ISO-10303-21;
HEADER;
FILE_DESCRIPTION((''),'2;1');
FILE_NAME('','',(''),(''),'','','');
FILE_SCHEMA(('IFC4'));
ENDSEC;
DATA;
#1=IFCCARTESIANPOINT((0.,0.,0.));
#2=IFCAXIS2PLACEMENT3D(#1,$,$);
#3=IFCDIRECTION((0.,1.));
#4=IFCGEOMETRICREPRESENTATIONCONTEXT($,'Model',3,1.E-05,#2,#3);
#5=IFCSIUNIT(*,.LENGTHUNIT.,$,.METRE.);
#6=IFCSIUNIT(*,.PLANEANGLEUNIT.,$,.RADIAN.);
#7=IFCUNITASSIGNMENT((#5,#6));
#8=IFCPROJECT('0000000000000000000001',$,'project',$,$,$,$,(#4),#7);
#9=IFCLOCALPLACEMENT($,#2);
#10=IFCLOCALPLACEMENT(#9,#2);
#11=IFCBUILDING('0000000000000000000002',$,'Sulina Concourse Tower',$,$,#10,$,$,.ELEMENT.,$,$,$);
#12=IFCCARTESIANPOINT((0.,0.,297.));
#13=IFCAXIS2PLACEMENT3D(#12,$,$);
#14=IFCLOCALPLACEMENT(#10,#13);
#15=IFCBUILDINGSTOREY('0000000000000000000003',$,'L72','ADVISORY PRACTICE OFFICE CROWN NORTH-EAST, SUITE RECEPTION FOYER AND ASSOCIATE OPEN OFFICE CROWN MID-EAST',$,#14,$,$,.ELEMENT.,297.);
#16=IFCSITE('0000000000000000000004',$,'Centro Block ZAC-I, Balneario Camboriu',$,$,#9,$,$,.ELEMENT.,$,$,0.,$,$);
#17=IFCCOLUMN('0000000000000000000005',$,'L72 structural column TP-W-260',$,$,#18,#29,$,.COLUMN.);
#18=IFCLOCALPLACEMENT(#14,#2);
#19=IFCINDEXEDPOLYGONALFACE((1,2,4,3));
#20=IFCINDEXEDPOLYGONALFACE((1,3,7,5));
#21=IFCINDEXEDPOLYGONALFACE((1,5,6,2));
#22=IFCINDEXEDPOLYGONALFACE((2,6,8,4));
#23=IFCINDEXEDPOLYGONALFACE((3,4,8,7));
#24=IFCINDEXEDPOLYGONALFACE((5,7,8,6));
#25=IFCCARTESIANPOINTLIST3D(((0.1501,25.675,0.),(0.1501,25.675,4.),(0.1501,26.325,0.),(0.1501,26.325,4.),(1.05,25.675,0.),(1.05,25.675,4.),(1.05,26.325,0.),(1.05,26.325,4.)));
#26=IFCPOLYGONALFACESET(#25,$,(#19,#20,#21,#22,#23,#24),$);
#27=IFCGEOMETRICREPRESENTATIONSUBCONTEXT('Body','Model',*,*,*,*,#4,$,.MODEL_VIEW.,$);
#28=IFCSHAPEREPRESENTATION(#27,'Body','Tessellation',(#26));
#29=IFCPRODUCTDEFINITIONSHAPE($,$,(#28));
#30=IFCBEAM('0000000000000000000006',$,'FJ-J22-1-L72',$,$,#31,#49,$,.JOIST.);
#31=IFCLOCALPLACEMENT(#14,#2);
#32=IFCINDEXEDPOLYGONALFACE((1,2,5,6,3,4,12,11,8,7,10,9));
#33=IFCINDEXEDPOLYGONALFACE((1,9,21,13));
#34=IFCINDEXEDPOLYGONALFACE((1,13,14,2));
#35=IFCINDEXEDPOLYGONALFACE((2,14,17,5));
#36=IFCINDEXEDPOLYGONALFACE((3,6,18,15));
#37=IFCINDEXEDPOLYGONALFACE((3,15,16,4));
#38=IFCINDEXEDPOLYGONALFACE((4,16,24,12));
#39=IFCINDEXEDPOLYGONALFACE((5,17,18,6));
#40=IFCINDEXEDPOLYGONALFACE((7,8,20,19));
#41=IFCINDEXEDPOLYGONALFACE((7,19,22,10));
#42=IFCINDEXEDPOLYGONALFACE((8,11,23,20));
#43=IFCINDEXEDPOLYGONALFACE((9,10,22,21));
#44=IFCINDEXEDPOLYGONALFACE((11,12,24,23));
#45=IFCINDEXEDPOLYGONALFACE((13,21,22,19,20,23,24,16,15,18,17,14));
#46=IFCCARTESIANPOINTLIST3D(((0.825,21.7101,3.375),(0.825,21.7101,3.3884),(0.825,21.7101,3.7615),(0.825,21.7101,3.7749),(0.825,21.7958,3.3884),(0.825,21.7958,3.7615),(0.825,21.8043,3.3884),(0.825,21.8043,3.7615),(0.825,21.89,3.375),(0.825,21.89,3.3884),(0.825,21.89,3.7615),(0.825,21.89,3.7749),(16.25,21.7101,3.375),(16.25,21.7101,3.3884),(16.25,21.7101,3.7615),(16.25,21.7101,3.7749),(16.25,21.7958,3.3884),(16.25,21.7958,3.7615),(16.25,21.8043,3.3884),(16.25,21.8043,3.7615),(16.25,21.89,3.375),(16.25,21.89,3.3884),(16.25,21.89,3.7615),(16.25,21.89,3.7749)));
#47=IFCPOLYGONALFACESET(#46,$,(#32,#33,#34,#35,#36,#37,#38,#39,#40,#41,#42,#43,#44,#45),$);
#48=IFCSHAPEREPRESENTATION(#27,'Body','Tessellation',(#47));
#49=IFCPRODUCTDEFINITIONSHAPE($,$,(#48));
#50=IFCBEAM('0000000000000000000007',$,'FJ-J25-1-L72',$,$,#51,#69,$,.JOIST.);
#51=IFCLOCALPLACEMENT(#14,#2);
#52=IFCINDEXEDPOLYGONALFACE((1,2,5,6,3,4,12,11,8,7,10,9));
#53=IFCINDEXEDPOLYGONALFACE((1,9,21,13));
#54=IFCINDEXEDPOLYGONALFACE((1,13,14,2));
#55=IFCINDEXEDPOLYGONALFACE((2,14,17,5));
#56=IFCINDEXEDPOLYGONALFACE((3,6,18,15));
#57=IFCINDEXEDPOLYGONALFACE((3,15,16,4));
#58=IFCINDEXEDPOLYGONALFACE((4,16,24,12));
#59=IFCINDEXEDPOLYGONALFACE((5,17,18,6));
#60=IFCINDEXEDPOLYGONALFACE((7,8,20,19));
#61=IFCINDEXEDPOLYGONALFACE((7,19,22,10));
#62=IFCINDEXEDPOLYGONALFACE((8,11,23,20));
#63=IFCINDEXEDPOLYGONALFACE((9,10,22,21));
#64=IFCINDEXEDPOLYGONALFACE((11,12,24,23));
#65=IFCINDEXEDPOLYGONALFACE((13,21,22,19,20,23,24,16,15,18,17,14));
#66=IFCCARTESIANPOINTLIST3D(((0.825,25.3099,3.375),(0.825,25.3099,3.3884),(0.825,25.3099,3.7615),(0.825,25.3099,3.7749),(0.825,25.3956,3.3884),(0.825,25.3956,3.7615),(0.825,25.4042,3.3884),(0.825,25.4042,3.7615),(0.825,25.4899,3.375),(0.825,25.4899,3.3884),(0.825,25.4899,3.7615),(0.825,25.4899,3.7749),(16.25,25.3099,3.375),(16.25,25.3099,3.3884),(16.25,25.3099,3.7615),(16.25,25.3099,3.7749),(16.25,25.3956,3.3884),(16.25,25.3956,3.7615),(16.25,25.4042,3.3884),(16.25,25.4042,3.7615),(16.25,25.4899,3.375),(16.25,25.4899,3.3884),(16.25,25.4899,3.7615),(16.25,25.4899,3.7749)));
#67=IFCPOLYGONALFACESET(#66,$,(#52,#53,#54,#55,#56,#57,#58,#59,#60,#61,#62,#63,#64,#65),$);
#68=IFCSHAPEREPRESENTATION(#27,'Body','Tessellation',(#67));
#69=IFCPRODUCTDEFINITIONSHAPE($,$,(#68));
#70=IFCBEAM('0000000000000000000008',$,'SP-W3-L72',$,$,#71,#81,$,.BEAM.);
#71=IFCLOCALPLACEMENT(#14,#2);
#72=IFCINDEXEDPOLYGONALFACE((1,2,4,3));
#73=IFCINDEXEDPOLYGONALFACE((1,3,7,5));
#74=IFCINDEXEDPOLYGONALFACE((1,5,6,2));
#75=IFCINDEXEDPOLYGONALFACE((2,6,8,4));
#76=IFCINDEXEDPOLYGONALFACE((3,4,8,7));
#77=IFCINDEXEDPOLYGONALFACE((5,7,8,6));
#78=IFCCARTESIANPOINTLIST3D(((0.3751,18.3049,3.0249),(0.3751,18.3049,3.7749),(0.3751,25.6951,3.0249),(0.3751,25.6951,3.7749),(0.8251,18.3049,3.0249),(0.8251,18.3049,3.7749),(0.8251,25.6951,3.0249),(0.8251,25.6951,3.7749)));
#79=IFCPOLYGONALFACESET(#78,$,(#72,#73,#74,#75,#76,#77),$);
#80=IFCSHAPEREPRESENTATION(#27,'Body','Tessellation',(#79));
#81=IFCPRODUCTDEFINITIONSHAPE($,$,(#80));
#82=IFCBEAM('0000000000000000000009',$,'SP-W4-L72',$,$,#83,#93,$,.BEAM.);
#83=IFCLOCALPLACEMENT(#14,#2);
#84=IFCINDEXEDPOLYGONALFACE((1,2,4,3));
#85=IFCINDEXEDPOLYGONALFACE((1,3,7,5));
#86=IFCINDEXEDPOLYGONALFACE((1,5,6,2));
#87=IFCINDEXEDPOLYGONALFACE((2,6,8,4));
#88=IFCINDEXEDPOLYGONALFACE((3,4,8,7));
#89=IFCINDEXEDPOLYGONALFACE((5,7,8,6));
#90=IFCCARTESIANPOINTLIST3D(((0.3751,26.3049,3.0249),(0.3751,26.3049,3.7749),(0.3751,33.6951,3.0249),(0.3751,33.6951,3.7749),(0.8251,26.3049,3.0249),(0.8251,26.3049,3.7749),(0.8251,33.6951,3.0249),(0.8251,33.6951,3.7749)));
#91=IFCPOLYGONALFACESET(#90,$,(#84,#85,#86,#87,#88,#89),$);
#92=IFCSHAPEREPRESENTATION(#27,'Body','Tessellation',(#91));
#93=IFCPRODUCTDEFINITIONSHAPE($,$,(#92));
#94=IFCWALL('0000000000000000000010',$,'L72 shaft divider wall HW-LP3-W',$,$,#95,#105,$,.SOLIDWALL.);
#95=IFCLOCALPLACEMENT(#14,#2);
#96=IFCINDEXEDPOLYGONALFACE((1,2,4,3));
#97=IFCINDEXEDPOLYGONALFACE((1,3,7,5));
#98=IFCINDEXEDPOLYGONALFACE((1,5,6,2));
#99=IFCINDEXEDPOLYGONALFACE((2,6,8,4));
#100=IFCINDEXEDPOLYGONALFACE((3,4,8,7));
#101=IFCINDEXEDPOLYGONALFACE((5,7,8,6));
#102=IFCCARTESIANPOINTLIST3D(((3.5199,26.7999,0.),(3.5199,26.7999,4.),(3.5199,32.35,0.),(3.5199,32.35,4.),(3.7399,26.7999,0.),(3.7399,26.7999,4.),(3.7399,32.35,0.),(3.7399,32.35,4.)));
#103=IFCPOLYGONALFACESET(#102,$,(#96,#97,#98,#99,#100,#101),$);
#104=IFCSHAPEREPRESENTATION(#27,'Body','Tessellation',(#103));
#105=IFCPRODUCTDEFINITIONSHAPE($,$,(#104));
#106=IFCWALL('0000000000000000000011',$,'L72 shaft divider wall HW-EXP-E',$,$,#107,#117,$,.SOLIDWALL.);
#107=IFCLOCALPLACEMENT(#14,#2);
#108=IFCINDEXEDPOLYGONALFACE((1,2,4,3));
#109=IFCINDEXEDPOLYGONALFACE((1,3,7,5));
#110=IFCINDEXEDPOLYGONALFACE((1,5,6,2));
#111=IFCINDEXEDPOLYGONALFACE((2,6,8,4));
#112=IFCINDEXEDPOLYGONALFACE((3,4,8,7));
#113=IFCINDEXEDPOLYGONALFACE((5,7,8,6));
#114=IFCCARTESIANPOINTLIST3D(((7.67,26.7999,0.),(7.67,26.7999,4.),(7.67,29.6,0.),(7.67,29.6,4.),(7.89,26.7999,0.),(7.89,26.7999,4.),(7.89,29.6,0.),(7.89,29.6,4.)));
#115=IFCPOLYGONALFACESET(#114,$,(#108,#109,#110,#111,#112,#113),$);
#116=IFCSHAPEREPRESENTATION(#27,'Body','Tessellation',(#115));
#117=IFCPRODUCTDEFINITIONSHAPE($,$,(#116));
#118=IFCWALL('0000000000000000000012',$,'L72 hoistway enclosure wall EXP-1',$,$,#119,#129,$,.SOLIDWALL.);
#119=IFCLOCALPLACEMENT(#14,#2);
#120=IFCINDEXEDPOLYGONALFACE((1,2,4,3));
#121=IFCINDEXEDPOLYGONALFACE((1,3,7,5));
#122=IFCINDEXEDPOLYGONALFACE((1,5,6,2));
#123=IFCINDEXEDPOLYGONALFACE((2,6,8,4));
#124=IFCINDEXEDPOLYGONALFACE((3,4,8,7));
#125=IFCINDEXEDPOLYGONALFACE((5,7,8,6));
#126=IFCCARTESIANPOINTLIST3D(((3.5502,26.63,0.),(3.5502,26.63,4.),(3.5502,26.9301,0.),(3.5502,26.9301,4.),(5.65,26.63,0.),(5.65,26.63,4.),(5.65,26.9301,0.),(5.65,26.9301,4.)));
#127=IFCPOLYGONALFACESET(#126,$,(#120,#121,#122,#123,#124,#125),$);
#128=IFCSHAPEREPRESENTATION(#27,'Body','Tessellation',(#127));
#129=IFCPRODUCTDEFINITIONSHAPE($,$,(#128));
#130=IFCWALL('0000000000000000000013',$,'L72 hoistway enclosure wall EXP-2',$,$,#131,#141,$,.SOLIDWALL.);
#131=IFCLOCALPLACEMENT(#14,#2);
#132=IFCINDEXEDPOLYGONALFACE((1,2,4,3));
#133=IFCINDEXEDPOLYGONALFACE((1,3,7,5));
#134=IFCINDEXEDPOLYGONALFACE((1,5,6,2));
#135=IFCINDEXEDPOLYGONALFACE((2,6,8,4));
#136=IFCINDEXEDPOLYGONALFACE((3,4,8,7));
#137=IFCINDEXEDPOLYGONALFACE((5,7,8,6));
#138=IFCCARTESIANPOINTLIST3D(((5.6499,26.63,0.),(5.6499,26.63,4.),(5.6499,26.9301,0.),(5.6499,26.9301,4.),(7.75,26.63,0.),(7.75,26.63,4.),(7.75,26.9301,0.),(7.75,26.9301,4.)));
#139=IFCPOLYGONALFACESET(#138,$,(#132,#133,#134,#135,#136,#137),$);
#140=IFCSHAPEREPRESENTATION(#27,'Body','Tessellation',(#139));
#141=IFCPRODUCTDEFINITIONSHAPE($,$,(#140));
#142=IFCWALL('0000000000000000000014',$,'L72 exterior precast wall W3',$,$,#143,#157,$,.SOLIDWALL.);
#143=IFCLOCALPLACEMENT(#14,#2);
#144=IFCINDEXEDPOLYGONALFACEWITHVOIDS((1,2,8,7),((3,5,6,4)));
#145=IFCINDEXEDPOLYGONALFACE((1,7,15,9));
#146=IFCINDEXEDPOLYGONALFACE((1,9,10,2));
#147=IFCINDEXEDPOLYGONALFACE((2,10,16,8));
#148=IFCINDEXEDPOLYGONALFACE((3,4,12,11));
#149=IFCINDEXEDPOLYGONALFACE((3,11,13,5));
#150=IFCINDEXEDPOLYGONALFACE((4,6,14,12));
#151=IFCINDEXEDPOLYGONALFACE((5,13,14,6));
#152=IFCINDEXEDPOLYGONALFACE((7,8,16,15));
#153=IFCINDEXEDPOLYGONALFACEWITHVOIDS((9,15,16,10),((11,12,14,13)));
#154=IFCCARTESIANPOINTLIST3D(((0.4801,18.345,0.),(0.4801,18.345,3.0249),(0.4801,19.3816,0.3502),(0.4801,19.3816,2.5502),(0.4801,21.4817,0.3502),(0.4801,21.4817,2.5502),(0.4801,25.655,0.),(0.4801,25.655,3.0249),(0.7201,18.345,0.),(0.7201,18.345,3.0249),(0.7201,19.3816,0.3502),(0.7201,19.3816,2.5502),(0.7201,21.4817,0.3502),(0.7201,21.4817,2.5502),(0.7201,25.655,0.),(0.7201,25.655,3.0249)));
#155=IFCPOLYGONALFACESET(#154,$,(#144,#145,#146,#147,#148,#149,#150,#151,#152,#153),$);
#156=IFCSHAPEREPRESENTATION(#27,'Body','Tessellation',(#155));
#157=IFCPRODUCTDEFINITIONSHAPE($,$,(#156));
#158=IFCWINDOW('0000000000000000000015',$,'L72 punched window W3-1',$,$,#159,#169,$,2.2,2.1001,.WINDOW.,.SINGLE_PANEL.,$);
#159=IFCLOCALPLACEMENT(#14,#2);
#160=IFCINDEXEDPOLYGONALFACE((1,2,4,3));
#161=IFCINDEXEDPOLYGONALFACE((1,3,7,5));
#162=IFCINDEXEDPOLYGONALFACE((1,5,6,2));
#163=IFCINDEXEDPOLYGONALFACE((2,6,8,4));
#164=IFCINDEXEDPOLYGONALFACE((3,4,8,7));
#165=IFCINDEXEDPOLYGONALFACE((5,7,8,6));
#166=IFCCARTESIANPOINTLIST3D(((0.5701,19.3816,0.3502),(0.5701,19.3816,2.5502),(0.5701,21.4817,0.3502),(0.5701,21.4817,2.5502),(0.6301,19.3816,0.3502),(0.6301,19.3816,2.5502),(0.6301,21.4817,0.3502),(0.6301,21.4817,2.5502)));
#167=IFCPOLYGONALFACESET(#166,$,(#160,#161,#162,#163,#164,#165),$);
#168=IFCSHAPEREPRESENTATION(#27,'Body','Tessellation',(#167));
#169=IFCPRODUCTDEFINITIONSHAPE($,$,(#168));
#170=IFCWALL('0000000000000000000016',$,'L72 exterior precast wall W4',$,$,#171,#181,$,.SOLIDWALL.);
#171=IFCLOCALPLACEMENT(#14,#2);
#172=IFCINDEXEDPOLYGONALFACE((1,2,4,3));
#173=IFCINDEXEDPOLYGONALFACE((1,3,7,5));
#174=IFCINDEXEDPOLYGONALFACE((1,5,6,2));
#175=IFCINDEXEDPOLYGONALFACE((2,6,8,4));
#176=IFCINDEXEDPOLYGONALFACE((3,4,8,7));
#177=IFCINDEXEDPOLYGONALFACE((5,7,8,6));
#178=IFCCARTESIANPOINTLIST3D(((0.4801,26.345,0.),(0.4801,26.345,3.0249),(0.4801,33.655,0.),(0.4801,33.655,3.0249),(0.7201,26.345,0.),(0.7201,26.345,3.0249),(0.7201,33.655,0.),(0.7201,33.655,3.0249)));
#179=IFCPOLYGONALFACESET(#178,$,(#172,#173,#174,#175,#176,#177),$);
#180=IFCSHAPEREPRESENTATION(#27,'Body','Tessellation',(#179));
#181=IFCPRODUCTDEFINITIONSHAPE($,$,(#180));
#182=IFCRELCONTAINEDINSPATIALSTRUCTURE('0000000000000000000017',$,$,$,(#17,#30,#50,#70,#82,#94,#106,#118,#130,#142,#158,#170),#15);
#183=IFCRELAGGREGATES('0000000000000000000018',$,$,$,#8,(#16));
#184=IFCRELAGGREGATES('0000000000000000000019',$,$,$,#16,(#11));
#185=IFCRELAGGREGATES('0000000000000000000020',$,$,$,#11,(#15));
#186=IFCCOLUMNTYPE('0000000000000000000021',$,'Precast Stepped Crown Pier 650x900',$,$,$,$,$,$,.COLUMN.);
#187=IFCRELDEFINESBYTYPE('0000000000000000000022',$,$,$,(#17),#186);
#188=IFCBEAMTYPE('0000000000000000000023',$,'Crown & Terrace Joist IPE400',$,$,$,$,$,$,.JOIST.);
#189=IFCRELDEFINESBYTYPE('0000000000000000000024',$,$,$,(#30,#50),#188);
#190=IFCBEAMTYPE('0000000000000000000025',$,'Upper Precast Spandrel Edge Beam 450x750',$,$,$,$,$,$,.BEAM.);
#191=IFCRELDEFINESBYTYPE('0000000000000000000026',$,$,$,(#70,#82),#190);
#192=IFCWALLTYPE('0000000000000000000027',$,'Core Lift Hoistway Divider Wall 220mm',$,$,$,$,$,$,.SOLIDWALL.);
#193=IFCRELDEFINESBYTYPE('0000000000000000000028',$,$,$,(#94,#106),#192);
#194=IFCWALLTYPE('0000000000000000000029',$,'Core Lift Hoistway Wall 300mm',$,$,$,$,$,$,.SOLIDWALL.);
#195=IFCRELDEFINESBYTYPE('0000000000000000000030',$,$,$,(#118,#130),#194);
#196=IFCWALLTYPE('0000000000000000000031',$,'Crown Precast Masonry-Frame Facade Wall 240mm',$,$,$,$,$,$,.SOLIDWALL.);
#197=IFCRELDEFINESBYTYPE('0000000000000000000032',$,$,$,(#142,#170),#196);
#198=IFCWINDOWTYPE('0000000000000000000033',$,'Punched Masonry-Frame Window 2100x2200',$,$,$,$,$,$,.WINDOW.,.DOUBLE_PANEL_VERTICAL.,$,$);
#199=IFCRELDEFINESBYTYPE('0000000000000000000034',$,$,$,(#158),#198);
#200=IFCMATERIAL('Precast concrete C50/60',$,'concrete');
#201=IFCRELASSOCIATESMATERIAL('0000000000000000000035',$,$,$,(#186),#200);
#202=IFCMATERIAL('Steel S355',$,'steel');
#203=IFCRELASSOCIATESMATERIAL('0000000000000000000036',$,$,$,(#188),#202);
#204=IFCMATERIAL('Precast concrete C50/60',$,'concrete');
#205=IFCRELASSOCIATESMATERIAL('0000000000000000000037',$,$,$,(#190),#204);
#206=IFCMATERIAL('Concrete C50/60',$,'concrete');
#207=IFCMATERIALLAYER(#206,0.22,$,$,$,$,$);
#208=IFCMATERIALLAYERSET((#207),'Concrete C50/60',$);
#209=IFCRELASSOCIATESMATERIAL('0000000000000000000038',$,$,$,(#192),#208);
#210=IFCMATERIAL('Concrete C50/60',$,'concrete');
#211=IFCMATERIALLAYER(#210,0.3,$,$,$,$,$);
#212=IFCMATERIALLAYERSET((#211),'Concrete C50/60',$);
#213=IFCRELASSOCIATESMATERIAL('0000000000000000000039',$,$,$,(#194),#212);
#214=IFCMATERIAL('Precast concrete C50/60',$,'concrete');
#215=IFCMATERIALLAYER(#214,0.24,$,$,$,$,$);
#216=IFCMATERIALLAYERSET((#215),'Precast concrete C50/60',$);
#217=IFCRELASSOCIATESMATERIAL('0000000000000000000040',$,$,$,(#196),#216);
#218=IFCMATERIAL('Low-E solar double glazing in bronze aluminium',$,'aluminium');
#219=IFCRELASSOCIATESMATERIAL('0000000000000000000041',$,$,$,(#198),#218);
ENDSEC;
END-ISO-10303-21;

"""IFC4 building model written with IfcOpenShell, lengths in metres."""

from ifc_helpers import new_model, si_unit, direction, frame, frame_2d, origin, origin_2d, place, context, subcontext, project, spatial, rectangle, i_section, extrude, material, layer, layer_set, material_profile, profile_set, type_object, element, fill, save


model = new_model("IFC4")

# Units and contexts
model_context = context("Model", 3, precision=1e-05, world=origin(), true_north=direction((0.0, 1.0)))
body_context = subcontext(model_context, "Body", "Model", "MODEL_VIEW")
ifc_project = project(units=[si_unit("LENGTHUNIT", "METRE"), si_unit("PLANEANGLEUNIT", "RADIAN")], contexts=[model_context])

# Site, building, storey
site_placement = place(None, origin())
site = spatial("IfcSite", under=ifc_project, at=site_placement, Name="Centro Block ZAC-I, Balneario Camboriu", CompositionType="ELEMENT", RefElevation=0.0)
building_placement = place(site_placement, origin())
building = spatial("IfcBuilding", under=site, at=building_placement, Name="Sulina Concourse Tower", CompositionType="ELEMENT")
storey_placement = place(building_placement, frame((0.0, 0.0, 297.0)))
storey = spatial("IfcBuildingStorey", under=building, at=storey_placement, Name="L72", Description="ADVISORY PRACTICE OFFICE CROWN NORTH-EAST, SUITE RECEPTION FOYER AND ASSOCIATE OPEN OFFICE CROWN MID-EAST", CompositionType="ELEMENT", Elevation=297.0)

# Column
ifc_material_1 = material(Name="Precast concrete C50/60", Category="concrete")
ifc_material_profile_1 = material_profile(ifc_material_1, rectangle(XDim=0.6499, YDim=0.8999, at=origin_2d()), Name="PC 650x900")
ifc_profile_set_1 = profile_set([ifc_material_profile_1], Name="Precast concrete C50/60")
column_type = type_object("IfcColumnType", Name="Precast Stepped Crown Pier 650x900", PredefinedType="COLUMN", material=ifc_profile_set_1)
column_placement = place(storey_placement, frame((0.6001, 26.0, 0.0), z_axis=(0.0, 0.0, 1.0), x_axis=(0.0, 1.0, 0.0)))
element("IfcColumn", 1, at=column_placement, inside=storey, type_object=column_type, Name="L72 structural column TP-W-260", PredefinedType="COLUMN", context=body_context, shape_type="SweptSolid", body=[
    extrude(rectangle(XDim=0.6499, YDim=0.8999, at=origin_2d()), origin(), (0.0, 0.0, 1.0), 4.0),
])

# Beams
ifc_material_2 = material(Name="Steel S355", Category="steel")
ifc_material_profile_2 = material_profile(ifc_material_2, i_section(OverallWidth=0.1799, OverallDepth=0.3999, WebThickness=0.0085, FlangeThickness=0.0134, at=origin_2d()), Name="IPE 400")
ifc_profile_set_2 = profile_set([ifc_material_profile_2], Name="Steel S355")
beam_type_1 = type_object("IfcBeamType", Name="Crown & Terrace Joist IPE400", PredefinedType="JOIST", material=ifc_profile_set_2)
for number, where, z_axis, x_axis, name in (
    (2, (0.825, 21.8, 3.575), (1.0, 0.0, 0.0), (0.0, 1.0, 0.0), "FJ-J22-1-L72"),
    (3, (0.825, 25.3999, 3.575), (1.0, 0.0, 0.0), (0.0, 1.0, 0.0), "FJ-J25-1-L72"),
):
    element("IfcBeam", number, at=place(storey_placement, frame(where, z_axis=z_axis, x_axis=x_axis)), inside=storey, type_object=beam_type_1, Name=name, PredefinedType="JOIST", context=body_context, shape_type="SweptSolid", body=[
        extrude(i_section(OverallWidth=0.1799, OverallDepth=0.3999, WebThickness=0.0085, FlangeThickness=0.0134, at=origin_2d()), origin(), (0.0, 0.0, 1.0), 15.425),
    ])
ifc_material_3 = material(Name="Precast concrete C50/60", Category="concrete")
ifc_material_profile_3 = material_profile(ifc_material_3, rectangle(XDim=0.45, YDim=0.75, at=origin_2d()), Name="RC 450x750")
ifc_profile_set_3 = profile_set([ifc_material_profile_3], Name="Precast concrete C50/60")
beam_type_2 = type_object("IfcBeamType", Name="Upper Precast Spandrel Edge Beam 450x750", PredefinedType="BEAM", material=ifc_profile_set_3)
for number, where, z_axis, x_axis, name in (
    (4, (0.6001, 18.3049, 3.3999), (0.0, 1.0, 0.0), (-1.0, 0.0, 0.0), "SP-W3-L72"),
    (5, (0.6001, 26.3049, 3.3999), (0.0, 1.0, 0.0), (-1.0, 0.0, 0.0), "SP-W4-L72"),
):
    element("IfcBeam", number, at=place(storey_placement, frame(where, z_axis=z_axis, x_axis=x_axis)), inside=storey, type_object=beam_type_2, Name=name, PredefinedType="BEAM", context=body_context, shape_type="SweptSolid", body=[
        extrude(rectangle(XDim=0.45, YDim=0.75, at=origin_2d()), origin(), (0.0, 0.0, 1.0), 7.3901),
    ])

# Walls
ifc_material_4 = material(Name="Concrete C50/60", Category="concrete")
ifc_layer_1 = layer(ifc_material_4, 0.22)
ifc_layer_set_1 = layer_set([ifc_layer_1], Name="Concrete C50/60")
wall_type_1 = type_object("IfcWallType", Name="Core Lift Hoistway Divider Wall 220mm", PredefinedType="SOLIDWALL", material=ifc_layer_set_1)
wall_1_placement = place(storey_placement, frame((3.6299, 26.8, 0.0), z_axis=(0.0, 0.0, 1.0), x_axis=(0.0, 1.0, 0.0)))
element("IfcWall", 6, at=wall_1_placement, inside=storey, type_object=wall_type_1, Name="L72 shaft divider wall HW-LP3-W", PredefinedType="SOLIDWALL", context=body_context, shape_type="SweptSolid", body=[
    extrude(rectangle(XDim=5.55, YDim=0.22, at=frame_2d((2.7749, 0.0))), origin(), (0.0, 0.0, 1.0), 4.0),
])
wall_2_placement = place(storey_placement, frame((7.78, 26.8, 0.0), z_axis=(0.0, 0.0, 1.0), x_axis=(0.0, 1.0, 0.0)))
element("IfcWall", 7, at=wall_2_placement, inside=storey, type_object=wall_type_1, Name="L72 shaft divider wall HW-EXP-E", PredefinedType="SOLIDWALL", context=body_context, shape_type="SweptSolid", body=[
    extrude(rectangle(XDim=2.8, YDim=0.22, at=frame_2d((1.3999, 0.0))), origin(), (0.0, 0.0, 1.0), 4.0),
])
ifc_material_5 = material(Name="Concrete C50/60", Category="concrete")
ifc_layer_2 = layer(ifc_material_5, 0.3)
ifc_layer_set_2 = layer_set([ifc_layer_2], Name="Concrete C50/60")
wall_type_2 = type_object("IfcWallType", Name="Core Lift Hoistway Wall 300mm", PredefinedType="SOLIDWALL", material=ifc_layer_set_2)
wall_3_placement = place(storey_placement, frame((5.6499, 26.78, 0.0), z_axis=(0.0, 0.0, 1.0), x_axis=(-1.0, 0.0, 0.0)))
element("IfcWall", 8, at=wall_3_placement, inside=storey, type_object=wall_type_2, Name="L72 hoistway enclosure wall EXP-1", PredefinedType="SOLIDWALL", context=body_context, shape_type="SweptSolid", body=[
    extrude(rectangle(XDim=2.0999, YDim=0.3, at=frame_2d((1.0498, 0.0))), origin(), (0.0, 0.0, 1.0), 4.0),
])
wall_4_placement = place(storey_placement, frame((7.75, 26.78, 0.0), z_axis=(0.0, 0.0, 1.0), x_axis=(-1.0, 0.0, 0.0)))
element("IfcWall", 9, at=wall_4_placement, inside=storey, type_object=wall_type_2, Name="L72 hoistway enclosure wall EXP-2", PredefinedType="SOLIDWALL", context=body_context, shape_type="SweptSolid", body=[
    extrude(rectangle(XDim=2.1001, YDim=0.3, at=frame_2d((1.05, 0.0))), origin(), (0.0, 0.0, 1.0), 4.0),
])

# Wall, opening, window
ifc_material_6 = material(Name="Precast concrete C50/60", Category="concrete")
ifc_layer_3 = layer(ifc_material_6, 0.24)
ifc_layer_set_3 = layer_set([ifc_layer_3], Name="Precast concrete C50/60")
wall_type_3 = type_object("IfcWallType", Name="Crown Precast Masonry-Frame Facade Wall 240mm", PredefinedType="SOLIDWALL", material=ifc_layer_set_3)
wall_5_placement = place(storey_placement, frame((0.6001, 18.345, 0.0), z_axis=(0.0, 0.0, 1.0), x_axis=(0.0, 1.0, 0.0)))
wall_5 = element("IfcWall", 10, at=wall_5_placement, inside=storey, type_object=wall_type_3, Name="L72 exterior precast wall W3", PredefinedType="SOLIDWALL", context=body_context, shape_type="SweptSolid", body=[
    extrude(rectangle(XDim=7.3101, YDim=0.24, at=frame_2d((3.655, 0.0))), origin(), (0.0, 0.0, 1.0), 3.0249),
])
opening_1_placement = place(wall_5_placement, frame((1.0366, 0.0, 0.3501)))
opening_1 = element("IfcOpeningElement", 11, at=opening_1_placement, cuts=wall_5, PredefinedType="OPENING", context=body_context, shape_type="SweptSolid", body=[
    extrude(rectangle(XDim=2.1001, YDim=2.2, at=frame_2d((1.05, 1.1001))), frame((0.0, 0.1299, 0.0), z_axis=(0.0, -1.0, 0.0), x_axis=(1.0, 0.0, 0.0)), (0.0, 0.0, 1.0), 0.26),
])
ifc_material_7 = material(Name="Low-E solar double glazing in bronze aluminium", Category="aluminium")
window_type = type_object("IfcWindowType", Name="Punched Masonry-Frame Window 2100x2200", PartitioningType="DOUBLE_PANEL_VERTICAL", PredefinedType="WINDOW", material=ifc_material_7)
window_placement = place(opening_1_placement, origin())
window = element("IfcWindow", 12, at=window_placement, inside=storey, type_object=window_type, Name="L72 punched window W3-1", OverallHeight=2.2, OverallWidth=2.1001, PartitioningType="SINGLE_PANEL", PredefinedType="WINDOW", context=body_context, shape_type="SweptSolid", body=[
    extrude(rectangle(XDim=2.1001, YDim=2.2, at=frame_2d((1.05, 1.1001))), frame((0.0, 0.03, 0.0), z_axis=(0.0, -1.0, 0.0), x_axis=(1.0, 0.0, 0.0)), (0.0, 0.0, 1.0), 0.0601),
])
fill(opening_1, window)

# Wall
wall_6_placement = place(storey_placement, frame((0.6001, 26.345, 0.0), z_axis=(0.0, 0.0, 1.0), x_axis=(0.0, 1.0, 0.0)))
element("IfcWall", 13, at=wall_6_placement, inside=storey, type_object=wall_type_3, Name="L72 exterior precast wall W4", PredefinedType="SOLIDWALL", context=body_context, shape_type="SweptSolid", body=[
    extrude(rectangle(XDim=7.3101, YDim=0.24, at=frame_2d((3.655, 0.0))), origin(), (0.0, 0.0, 1.0), 3.0249),
])

save(model, "model.ifc")
